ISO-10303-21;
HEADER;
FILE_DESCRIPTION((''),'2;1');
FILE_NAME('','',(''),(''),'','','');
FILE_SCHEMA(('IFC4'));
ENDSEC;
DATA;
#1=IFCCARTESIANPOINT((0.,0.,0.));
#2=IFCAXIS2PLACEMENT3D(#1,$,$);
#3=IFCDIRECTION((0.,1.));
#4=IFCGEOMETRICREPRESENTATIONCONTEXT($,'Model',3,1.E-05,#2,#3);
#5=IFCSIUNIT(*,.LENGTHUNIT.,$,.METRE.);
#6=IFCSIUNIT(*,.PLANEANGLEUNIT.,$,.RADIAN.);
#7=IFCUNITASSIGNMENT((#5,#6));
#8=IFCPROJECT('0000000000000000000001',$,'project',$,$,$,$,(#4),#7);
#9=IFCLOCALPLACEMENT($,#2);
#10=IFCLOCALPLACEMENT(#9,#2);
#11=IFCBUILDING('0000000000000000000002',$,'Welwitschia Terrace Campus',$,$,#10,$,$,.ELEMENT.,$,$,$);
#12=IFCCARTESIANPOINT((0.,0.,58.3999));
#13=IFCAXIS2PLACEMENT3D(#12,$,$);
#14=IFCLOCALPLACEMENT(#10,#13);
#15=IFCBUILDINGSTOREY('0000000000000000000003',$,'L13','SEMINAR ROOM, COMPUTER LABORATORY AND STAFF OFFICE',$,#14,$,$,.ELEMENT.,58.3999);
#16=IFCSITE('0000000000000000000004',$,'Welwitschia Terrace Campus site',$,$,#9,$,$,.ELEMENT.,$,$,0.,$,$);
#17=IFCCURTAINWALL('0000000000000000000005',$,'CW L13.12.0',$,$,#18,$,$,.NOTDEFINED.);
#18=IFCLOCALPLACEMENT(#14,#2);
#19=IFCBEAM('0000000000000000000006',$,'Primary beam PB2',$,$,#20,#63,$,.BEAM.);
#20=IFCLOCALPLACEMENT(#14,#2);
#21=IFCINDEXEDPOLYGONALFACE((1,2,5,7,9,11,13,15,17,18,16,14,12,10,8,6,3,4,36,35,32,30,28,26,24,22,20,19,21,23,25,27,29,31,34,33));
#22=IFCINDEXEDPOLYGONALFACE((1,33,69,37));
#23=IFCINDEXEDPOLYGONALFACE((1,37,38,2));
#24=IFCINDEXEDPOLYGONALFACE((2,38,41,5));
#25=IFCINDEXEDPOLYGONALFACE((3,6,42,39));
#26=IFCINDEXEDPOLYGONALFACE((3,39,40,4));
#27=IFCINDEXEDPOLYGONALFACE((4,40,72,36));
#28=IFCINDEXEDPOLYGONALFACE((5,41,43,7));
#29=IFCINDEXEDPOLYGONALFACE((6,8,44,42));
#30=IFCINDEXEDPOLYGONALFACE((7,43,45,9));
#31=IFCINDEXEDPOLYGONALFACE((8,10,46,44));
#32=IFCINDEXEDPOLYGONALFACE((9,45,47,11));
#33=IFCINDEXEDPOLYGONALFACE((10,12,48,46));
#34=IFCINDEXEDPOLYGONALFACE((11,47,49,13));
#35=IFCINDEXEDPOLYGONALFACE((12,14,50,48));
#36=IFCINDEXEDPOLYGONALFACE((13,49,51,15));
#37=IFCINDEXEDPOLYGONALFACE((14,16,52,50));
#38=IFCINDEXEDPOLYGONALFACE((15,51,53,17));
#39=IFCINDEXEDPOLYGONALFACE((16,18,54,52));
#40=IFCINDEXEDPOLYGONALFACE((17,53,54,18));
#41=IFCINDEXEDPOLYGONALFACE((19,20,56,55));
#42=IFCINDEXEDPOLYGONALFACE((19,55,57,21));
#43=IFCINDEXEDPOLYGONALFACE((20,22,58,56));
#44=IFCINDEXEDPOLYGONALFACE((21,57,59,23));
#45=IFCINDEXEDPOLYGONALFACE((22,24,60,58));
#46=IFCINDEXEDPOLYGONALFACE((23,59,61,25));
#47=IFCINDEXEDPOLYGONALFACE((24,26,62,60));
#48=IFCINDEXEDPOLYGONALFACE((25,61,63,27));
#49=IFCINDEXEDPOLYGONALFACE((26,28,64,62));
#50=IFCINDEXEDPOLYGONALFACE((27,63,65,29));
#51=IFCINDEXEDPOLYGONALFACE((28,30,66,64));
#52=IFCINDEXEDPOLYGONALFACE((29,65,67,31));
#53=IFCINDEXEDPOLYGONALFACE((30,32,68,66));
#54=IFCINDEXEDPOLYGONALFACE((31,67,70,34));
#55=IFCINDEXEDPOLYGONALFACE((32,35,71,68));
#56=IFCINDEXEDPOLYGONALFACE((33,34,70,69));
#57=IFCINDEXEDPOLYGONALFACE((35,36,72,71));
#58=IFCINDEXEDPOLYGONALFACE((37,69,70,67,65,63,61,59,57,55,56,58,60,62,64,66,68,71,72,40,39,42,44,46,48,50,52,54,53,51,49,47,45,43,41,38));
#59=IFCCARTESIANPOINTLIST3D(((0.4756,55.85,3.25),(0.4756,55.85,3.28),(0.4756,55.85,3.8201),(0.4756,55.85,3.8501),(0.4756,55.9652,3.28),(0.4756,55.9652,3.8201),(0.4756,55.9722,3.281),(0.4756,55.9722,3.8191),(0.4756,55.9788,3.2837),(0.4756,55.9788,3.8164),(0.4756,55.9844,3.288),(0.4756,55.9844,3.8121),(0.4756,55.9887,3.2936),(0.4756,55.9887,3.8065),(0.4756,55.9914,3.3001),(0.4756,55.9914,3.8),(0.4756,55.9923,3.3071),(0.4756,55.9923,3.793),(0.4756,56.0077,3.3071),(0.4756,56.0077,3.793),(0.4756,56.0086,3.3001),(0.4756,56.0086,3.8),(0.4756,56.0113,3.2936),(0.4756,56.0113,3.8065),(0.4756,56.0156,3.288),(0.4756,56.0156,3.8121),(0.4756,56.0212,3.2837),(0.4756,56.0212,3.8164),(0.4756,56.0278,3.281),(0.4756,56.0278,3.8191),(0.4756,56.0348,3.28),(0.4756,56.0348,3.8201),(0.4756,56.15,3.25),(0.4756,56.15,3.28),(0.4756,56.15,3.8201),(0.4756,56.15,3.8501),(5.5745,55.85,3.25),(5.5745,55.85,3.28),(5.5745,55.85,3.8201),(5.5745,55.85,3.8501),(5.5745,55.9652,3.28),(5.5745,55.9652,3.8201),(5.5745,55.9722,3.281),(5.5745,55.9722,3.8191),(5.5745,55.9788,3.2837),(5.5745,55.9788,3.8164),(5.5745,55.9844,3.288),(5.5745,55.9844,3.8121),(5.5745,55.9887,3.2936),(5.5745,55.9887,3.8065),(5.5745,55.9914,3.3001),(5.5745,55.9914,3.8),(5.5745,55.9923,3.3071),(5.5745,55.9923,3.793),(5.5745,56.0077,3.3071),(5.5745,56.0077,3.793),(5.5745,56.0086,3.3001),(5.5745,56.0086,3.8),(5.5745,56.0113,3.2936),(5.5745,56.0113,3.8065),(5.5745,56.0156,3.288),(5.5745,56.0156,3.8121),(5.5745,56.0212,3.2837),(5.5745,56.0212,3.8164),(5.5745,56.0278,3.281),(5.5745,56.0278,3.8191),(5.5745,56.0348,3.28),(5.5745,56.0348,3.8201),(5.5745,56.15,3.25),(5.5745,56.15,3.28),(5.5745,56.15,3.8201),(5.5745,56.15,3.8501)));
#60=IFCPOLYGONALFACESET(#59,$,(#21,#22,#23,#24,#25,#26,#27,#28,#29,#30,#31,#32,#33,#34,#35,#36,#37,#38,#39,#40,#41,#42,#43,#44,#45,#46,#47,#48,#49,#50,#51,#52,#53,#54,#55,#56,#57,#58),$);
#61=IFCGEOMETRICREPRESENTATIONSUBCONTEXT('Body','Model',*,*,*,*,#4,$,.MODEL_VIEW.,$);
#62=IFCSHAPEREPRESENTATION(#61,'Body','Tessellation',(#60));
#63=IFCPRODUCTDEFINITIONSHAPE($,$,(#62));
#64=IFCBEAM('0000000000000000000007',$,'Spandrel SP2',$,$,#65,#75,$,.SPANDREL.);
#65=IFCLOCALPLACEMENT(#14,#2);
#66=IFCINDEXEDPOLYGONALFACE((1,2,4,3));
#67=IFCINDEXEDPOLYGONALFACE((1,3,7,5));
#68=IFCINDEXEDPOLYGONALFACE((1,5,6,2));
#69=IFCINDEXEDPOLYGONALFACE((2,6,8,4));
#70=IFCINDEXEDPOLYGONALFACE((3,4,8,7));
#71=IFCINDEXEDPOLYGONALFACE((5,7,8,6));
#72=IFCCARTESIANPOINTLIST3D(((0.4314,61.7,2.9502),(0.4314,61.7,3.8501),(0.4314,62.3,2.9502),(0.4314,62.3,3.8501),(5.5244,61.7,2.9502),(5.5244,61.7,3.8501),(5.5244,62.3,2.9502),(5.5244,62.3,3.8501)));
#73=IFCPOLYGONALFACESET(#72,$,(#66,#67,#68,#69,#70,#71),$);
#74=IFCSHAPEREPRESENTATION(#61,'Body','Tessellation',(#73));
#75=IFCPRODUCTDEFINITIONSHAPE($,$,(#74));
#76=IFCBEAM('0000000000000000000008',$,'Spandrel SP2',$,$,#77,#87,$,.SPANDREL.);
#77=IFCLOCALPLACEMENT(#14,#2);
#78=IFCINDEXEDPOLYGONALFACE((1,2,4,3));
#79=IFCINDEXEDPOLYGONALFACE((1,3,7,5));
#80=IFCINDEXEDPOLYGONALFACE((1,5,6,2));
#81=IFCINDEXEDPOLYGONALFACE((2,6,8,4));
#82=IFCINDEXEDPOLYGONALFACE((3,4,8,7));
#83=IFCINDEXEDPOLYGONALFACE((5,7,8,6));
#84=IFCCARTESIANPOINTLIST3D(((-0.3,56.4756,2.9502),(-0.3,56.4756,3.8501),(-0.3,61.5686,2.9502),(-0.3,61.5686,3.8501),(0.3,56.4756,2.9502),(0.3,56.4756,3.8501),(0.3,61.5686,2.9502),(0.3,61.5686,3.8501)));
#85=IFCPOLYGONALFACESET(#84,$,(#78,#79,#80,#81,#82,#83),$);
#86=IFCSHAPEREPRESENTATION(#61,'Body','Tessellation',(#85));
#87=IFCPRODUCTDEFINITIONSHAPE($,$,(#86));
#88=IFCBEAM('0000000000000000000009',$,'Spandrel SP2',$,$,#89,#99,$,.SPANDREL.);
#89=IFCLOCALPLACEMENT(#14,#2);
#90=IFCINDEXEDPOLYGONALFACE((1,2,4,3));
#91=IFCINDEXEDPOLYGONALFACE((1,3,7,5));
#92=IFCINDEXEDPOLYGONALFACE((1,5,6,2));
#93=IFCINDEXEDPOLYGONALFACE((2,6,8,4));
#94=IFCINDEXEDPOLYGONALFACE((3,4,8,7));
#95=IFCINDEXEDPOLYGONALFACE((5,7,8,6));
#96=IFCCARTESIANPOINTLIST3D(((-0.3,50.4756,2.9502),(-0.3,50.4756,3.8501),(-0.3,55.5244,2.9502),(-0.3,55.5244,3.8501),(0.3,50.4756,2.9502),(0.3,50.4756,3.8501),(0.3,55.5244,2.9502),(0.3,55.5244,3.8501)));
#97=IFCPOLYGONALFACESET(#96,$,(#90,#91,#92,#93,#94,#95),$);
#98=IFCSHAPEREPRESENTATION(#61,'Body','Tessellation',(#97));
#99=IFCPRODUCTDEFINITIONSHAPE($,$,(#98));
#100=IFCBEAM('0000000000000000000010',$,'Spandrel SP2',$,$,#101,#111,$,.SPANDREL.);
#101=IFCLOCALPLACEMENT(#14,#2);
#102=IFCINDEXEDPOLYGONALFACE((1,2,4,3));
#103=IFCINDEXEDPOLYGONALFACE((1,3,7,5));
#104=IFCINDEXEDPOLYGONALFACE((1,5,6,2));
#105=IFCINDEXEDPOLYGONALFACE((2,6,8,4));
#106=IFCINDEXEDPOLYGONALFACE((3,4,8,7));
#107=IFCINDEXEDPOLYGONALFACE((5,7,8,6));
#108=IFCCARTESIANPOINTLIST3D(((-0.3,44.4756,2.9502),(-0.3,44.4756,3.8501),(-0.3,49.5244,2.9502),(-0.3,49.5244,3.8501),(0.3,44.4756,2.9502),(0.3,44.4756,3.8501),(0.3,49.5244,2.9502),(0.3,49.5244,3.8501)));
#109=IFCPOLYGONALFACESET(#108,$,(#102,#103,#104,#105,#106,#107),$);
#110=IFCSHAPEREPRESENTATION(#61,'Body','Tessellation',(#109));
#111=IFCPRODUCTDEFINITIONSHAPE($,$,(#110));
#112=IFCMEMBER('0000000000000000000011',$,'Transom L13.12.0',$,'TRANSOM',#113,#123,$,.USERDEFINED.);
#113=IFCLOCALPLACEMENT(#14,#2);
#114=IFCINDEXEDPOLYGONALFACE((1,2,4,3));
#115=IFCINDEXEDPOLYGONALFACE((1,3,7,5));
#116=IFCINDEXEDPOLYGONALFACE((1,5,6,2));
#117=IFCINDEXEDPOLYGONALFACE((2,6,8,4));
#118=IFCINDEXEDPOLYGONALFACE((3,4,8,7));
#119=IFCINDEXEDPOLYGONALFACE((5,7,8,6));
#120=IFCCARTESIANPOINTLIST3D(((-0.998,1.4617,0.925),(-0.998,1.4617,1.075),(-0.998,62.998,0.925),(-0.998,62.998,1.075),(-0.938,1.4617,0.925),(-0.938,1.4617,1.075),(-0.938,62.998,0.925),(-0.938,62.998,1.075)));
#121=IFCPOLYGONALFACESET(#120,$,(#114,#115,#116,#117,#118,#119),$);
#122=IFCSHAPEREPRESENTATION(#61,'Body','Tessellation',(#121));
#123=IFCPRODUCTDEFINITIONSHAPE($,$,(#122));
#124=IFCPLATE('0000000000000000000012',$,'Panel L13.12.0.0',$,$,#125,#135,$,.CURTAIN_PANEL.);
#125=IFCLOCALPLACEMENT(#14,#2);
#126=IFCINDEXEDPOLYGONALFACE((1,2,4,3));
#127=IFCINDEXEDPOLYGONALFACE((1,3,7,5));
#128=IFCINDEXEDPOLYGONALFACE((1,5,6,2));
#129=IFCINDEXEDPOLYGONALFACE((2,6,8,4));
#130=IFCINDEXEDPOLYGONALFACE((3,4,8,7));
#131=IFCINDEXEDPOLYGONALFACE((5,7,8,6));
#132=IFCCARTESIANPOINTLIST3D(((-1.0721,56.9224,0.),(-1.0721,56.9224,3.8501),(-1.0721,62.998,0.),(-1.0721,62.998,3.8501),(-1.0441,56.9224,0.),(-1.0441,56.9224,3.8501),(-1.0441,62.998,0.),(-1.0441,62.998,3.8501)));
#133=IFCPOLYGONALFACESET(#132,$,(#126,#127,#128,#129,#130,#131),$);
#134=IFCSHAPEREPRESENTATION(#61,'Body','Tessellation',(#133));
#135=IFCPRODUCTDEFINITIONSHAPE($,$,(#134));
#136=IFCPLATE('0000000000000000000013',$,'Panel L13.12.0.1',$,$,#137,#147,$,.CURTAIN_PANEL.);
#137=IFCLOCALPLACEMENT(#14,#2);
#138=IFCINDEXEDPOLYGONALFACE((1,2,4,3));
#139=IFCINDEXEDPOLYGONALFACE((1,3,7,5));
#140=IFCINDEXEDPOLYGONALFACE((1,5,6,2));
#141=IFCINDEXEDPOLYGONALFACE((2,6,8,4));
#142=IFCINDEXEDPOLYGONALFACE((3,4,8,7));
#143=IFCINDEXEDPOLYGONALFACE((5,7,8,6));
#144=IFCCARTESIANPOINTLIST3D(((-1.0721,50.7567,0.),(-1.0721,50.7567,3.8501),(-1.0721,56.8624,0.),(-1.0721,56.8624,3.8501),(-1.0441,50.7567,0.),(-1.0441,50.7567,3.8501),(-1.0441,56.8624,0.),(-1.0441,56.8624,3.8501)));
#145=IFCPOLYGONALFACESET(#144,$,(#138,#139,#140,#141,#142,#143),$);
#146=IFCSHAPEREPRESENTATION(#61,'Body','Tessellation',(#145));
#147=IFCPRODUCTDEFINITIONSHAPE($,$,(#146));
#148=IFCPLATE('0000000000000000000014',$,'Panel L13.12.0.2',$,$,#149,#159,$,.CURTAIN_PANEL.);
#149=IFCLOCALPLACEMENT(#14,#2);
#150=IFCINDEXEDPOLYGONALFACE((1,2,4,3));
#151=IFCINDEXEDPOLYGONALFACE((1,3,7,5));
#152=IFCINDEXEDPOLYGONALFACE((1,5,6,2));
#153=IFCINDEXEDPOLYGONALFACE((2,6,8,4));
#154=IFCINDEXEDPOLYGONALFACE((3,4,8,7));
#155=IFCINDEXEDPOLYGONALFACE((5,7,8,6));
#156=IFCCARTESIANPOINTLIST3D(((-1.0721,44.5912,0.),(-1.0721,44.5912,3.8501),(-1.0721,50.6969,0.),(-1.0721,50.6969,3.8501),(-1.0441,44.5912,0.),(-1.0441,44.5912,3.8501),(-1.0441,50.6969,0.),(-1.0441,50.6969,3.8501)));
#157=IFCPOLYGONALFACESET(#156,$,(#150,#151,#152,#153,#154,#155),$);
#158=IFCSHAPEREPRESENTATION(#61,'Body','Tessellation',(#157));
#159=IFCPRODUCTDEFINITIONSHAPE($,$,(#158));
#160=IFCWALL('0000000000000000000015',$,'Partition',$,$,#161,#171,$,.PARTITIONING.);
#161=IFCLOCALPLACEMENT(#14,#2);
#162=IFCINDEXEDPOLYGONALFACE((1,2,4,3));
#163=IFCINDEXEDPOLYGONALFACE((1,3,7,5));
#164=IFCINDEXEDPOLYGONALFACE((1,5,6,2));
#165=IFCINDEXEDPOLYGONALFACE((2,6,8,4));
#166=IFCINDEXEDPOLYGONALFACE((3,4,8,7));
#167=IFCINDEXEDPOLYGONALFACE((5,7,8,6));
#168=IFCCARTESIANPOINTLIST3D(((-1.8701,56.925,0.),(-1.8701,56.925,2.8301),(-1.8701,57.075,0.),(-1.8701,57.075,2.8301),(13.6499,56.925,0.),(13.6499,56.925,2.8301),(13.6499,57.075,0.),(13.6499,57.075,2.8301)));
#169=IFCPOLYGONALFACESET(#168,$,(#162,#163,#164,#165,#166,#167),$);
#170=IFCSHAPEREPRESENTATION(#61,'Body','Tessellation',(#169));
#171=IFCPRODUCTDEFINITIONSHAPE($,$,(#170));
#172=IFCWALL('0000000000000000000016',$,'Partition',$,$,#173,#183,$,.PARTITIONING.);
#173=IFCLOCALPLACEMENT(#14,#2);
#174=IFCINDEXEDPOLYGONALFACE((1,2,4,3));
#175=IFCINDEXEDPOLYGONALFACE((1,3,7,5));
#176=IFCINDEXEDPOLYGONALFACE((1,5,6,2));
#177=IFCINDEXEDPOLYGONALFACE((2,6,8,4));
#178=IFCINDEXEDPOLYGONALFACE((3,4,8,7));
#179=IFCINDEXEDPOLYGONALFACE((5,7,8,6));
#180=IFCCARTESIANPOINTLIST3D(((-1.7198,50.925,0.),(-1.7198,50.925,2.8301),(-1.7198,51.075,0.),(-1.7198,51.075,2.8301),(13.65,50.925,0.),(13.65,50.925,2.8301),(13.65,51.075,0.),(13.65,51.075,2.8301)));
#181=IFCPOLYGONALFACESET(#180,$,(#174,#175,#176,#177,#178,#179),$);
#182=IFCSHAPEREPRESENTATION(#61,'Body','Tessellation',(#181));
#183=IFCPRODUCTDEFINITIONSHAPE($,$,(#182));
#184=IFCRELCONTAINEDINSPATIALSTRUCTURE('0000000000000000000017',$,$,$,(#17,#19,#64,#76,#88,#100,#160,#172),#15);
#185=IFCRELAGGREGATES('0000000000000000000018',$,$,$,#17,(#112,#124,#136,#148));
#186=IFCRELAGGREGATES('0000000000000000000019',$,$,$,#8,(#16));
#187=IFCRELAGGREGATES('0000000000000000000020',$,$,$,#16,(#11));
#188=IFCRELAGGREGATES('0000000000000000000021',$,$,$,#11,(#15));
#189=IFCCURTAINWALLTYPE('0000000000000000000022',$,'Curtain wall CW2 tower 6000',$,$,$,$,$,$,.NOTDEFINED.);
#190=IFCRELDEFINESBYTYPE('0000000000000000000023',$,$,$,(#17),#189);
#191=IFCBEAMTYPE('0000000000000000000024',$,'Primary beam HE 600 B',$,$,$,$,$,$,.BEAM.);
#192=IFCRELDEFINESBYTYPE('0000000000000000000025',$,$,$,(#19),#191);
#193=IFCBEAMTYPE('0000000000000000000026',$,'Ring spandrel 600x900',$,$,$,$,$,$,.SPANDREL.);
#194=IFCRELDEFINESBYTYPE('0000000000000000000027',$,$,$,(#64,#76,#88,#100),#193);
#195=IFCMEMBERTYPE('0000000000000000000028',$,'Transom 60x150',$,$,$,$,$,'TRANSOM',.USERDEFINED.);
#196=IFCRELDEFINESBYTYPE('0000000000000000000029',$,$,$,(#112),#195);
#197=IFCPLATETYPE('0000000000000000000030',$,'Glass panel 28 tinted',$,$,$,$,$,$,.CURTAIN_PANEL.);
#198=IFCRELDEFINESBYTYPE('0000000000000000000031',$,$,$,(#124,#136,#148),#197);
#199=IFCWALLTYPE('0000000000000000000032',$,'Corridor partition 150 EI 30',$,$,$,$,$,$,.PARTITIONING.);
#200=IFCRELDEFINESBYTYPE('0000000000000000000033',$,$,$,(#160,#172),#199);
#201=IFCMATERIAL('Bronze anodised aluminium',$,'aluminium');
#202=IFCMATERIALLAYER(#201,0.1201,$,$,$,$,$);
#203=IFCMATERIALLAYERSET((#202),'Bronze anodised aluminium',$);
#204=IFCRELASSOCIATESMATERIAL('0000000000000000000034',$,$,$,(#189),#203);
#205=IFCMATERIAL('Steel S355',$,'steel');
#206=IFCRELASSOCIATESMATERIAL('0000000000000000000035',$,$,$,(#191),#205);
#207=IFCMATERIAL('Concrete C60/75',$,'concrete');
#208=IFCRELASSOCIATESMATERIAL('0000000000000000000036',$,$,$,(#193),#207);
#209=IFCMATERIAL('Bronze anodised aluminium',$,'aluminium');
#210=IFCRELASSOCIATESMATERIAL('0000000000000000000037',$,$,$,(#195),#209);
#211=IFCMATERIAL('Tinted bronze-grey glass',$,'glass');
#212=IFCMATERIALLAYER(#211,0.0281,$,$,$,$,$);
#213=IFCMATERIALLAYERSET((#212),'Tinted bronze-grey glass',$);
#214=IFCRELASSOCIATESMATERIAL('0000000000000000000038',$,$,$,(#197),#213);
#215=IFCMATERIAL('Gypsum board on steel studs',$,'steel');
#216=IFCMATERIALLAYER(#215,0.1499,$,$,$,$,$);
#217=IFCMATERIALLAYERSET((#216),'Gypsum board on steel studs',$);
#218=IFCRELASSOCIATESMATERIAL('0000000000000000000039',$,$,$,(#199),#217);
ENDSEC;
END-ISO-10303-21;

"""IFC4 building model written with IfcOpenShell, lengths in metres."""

from ifc_helpers import new_model, si_unit, direction, frame, frame_2d, origin, origin_2d, place, context, subcontext, project, spatial, rectangle, i_section, extrude, material, layer, layer_set, material_profile, profile_set, type_object, element, aggregate, save


model = new_model("IFC4")

# Units and contexts
model_context = context("Model", 3, precision=1e-05, world=origin(), true_north=direction((0.0, 1.0)))
body_context = subcontext(model_context, "Body", "Model", "MODEL_VIEW")
ifc_project = project(units=[si_unit("LENGTHUNIT", "METRE"), si_unit("PLANEANGLEUNIT", "RADIAN")], contexts=[model_context])

# Site, building, storey
site_placement = place(None, origin())
site = spatial("IfcSite", under=ifc_project, at=site_placement, Name="Welwitschia Terrace Campus site", CompositionType="ELEMENT", RefElevation=0.0)
building_placement = place(site_placement, origin())
building = spatial("IfcBuilding", under=site, at=building_placement, Name="Welwitschia Terrace Campus", CompositionType="ELEMENT")
storey_placement = place(building_placement, frame((0.0, 0.0, 58.3999)))
storey = spatial("IfcBuildingStorey", under=building, at=storey_placement, Name="L13", Description="SEMINAR ROOM, COMPUTER LABORATORY AND STAFF OFFICE", CompositionType="ELEMENT", Elevation=58.3999)

# Curtain wall
ifc_material_1 = material(Name="Bronze anodised aluminium", Category="aluminium")
ifc_layer_1 = layer(ifc_material_1, 0.1201)
ifc_layer_set_1 = layer_set([ifc_layer_1], Name="Bronze anodised aluminium")
curtain_wall_type = type_object("IfcCurtainWallType", Name="Curtain wall CW2 tower 6000", PredefinedType="NOTDEFINED", material=ifc_layer_set_1)
curtain_wall_placement = place(storey_placement, origin())
curtain_wall = element("IfcCurtainWall", 1, at=curtain_wall_placement, inside=storey, type_object=curtain_wall_type, Name="CW L13.12.0", PredefinedType="NOTDEFINED")

# Beams
ifc_material_2 = material(Name="Steel S355", Category="steel")
ifc_material_profile_1 = material_profile(ifc_material_2, i_section(OverallWidth=0.3, OverallDepth=0.6001, WebThickness=0.0154, FlangeThickness=0.03, FilletRadius=0.0271, at=origin_2d()))
ifc_profile_set_1 = profile_set([ifc_material_profile_1], Name="Steel S355")
beam_type_1 = type_object("IfcBeamType", Name="Primary beam HE 600 B", PredefinedType="BEAM", material=ifc_profile_set_1)
beam_1_placement = place(storey_placement, frame((0.4756, 56.0, 3.55), z_axis=(1.0, 0.0, 0.0), x_axis=(0.0, 1.0, 0.0)))
element("IfcBeam", 2, at=beam_1_placement, inside=storey, type_object=beam_type_1, Name="Primary beam PB2", PredefinedType="BEAM", context=body_context, shape_type="SweptSolid", body=[
    extrude(i_section(OverallWidth=0.3, OverallDepth=0.6001, WebThickness=0.0154, FlangeThickness=0.03, FilletRadius=0.0271, at=origin_2d()), origin(), (0.0, 0.0, 1.0), 5.0989),
])
ifc_material_3 = material(Name="Concrete C60/75", Category="concrete")
ifc_material_profile_2 = material_profile(ifc_material_3, rectangle(XDim=0.6001, YDim=0.8999, at=origin_2d()))
ifc_profile_set_2 = profile_set([ifc_material_profile_2], Name="Concrete C60/75")
beam_type_2 = type_object("IfcBeamType", Name="Ring spandrel 600x900", PredefinedType="SPANDREL", material=ifc_profile_set_2)
for number, where, z_axis, x_axis, name in (
    (3, (5.5244, 62.0, 3.4001), (-1.0, 0.0, 0.0), (0.0, -1.0, 0.0), "Spandrel SP2"),
    (4, (0.0, 61.5686, 3.4001), (0.0, -1.0, 0.0), (1.0, 0.0, 0.0), "Spandrel SP2"),
):
    element("IfcBeam", number, at=place(storey_placement, frame(where, z_axis=z_axis, x_axis=x_axis)), inside=storey, type_object=beam_type_2, Name=name, PredefinedType="SPANDREL", context=body_context, shape_type="SweptSolid", body=[
        extrude(rectangle(XDim=0.6001, YDim=0.8999, at=origin_2d()), origin(), (0.0, 0.0, 1.0), 5.093),
    ])
for number, where, z_axis, x_axis, name in (
    (5, (0.0, 55.5244, 3.4001), (0.0, -1.0, 0.0), (1.0, 0.0, 0.0), "Spandrel SP2"),
    (6, (0.0, 49.5244, 3.4001), (0.0, -1.0, 0.0), (1.0, 0.0, 0.0), "Spandrel SP2"),
):
    element("IfcBeam", number, at=place(storey_placement, frame(where, z_axis=z_axis, x_axis=x_axis)), inside=storey, type_object=beam_type_2, Name=name, PredefinedType="SPANDREL", context=body_context, shape_type="SweptSolid", body=[
        extrude(rectangle(XDim=0.6001, YDim=0.8999, at=origin_2d()), origin(), (0.0, 0.0, 1.0), 5.0488),
    ])

# Member
ifc_material_4 = material(Name="Bronze anodised aluminium", Category="aluminium")
ifc_material_profile_3 = material_profile(ifc_material_4, rectangle(XDim=0.0601, YDim=0.1499, at=origin_2d()))
ifc_profile_set_3 = profile_set([ifc_material_profile_3], Name="Bronze anodised aluminium")
member_type_1 = type_object("IfcMemberType", Name="Transom 60x150", ElementType="TRANSOM", PredefinedType="USERDEFINED", material=ifc_profile_set_3)
member_1_placement = place(storey_placement, frame((-0.968, 62.998, 1.0), z_axis=(0.0, -1.0, 0.0), x_axis=(1.0, 0.0, 0.0)))
member_1 = element("IfcMember", 7, at=member_1_placement, type_object=member_type_1, Name="Transom L13.12.0", ObjectType="TRANSOM", PredefinedType="USERDEFINED", context=body_context, shape_type="SweptSolid", body=[
    extrude(rectangle(XDim=0.0601, YDim=0.1499, at=origin_2d()), origin(), (0.0, 0.0, 1.0), 61.5364),
])

# Plates
ifc_material_5 = material(Name="Tinted bronze-grey glass", Category="glass")
ifc_layer_2 = layer(ifc_material_5, 0.0281)
ifc_layer_set_2 = layer_set([ifc_layer_2], Name="Tinted bronze-grey glass")
plate_type = type_object("IfcPlateType", Name="Glass panel 28 tinted", PredefinedType="CURTAIN_PANEL", material=ifc_layer_set_2)
plate_1_placement = place(storey_placement, frame((-1.0581, 59.9602, 0.0), z_axis=(0.0, 0.0, 1.0), x_axis=(0.0, -1.0, 0.0)))
plate_1 = element("IfcPlate", 8, at=plate_1_placement, type_object=plate_type, Name="Panel L13.12.0.0", PredefinedType="CURTAIN_PANEL", context=body_context, shape_type="SweptSolid", body=[
    extrude(rectangle(XDim=6.0757, YDim=0.0281, at=origin_2d()), origin(), (0.0, 0.0, 1.0), 3.8501),
])
plate_2_placement = place(storey_placement, frame((-1.0581, 53.8096, 0.0), z_axis=(0.0, 0.0, 1.0), x_axis=(0.0, -1.0, 0.0)))
plate_2 = element("IfcPlate", 9, at=plate_2_placement, type_object=plate_type, Name="Panel L13.12.0.1", PredefinedType="CURTAIN_PANEL", context=body_context, shape_type="SweptSolid", body=[
    extrude(rectangle(XDim=6.1057, YDim=0.0281, at=origin_2d()), origin(), (0.0, 0.0, 1.0), 3.8501),
])
plate_3_placement = place(storey_placement, frame((-1.0581, 47.644, 0.0), z_axis=(0.0, 0.0, 1.0), x_axis=(0.0, -1.0, 0.0)))
plate_3 = element("IfcPlate", 10, at=plate_3_placement, type_object=plate_type, Name="Panel L13.12.0.2", PredefinedType="CURTAIN_PANEL", context=body_context, shape_type="SweptSolid", body=[
    extrude(rectangle(XDim=6.1057, YDim=0.0281, at=origin_2d()), origin(), (0.0, 0.0, 1.0), 3.8501),
])
aggregate(curtain_wall, [member_1, plate_1, plate_2, plate_3])

# Walls
ifc_material_6 = material(Name="Gypsum board on steel studs", Category="steel")
ifc_layer_3 = layer(ifc_material_6, 0.1499)
ifc_layer_set_3 = layer_set([ifc_layer_3], Name="Gypsum board on steel studs")
wall_type_1 = type_object("IfcWallType", Name="Corridor partition 150 EI 30", PredefinedType="PARTITIONING", material=ifc_layer_set_3)
wall_1_placement = place(storey_placement, frame((-1.8701, 57.0, 0.0), z_axis=(0.0, 0.0, 1.0), x_axis=(1.0, 0.0, 0.0)))
element("IfcWall", 11, at=wall_1_placement, inside=storey, type_object=wall_type_1, Name="Partition", PredefinedType="PARTITIONING", context=body_context, shape_type="SweptSolid", body=[
    extrude(rectangle(XDim=15.52, YDim=0.1499, at=frame_2d((7.76, 0.0))), origin(), (0.0, 0.0, 1.0), 2.8301),
])
wall_2_placement = place(storey_placement, frame((-1.72, 51.0, 0.0), z_axis=(0.0, 0.0, 1.0), x_axis=(1.0, 0.0, 0.0)))
element("IfcWall", 12, at=wall_2_placement, inside=storey, type_object=wall_type_1, Name="Partition", PredefinedType="PARTITIONING", context=body_context, shape_type="SweptSolid", body=[
    extrude(rectangle(XDim=15.3699, YDim=0.1499, at=frame_2d((7.6851, 0.0))), origin(), (0.0, 0.0, 1.0), 2.8301),
])

save(model, "model.ifc")
